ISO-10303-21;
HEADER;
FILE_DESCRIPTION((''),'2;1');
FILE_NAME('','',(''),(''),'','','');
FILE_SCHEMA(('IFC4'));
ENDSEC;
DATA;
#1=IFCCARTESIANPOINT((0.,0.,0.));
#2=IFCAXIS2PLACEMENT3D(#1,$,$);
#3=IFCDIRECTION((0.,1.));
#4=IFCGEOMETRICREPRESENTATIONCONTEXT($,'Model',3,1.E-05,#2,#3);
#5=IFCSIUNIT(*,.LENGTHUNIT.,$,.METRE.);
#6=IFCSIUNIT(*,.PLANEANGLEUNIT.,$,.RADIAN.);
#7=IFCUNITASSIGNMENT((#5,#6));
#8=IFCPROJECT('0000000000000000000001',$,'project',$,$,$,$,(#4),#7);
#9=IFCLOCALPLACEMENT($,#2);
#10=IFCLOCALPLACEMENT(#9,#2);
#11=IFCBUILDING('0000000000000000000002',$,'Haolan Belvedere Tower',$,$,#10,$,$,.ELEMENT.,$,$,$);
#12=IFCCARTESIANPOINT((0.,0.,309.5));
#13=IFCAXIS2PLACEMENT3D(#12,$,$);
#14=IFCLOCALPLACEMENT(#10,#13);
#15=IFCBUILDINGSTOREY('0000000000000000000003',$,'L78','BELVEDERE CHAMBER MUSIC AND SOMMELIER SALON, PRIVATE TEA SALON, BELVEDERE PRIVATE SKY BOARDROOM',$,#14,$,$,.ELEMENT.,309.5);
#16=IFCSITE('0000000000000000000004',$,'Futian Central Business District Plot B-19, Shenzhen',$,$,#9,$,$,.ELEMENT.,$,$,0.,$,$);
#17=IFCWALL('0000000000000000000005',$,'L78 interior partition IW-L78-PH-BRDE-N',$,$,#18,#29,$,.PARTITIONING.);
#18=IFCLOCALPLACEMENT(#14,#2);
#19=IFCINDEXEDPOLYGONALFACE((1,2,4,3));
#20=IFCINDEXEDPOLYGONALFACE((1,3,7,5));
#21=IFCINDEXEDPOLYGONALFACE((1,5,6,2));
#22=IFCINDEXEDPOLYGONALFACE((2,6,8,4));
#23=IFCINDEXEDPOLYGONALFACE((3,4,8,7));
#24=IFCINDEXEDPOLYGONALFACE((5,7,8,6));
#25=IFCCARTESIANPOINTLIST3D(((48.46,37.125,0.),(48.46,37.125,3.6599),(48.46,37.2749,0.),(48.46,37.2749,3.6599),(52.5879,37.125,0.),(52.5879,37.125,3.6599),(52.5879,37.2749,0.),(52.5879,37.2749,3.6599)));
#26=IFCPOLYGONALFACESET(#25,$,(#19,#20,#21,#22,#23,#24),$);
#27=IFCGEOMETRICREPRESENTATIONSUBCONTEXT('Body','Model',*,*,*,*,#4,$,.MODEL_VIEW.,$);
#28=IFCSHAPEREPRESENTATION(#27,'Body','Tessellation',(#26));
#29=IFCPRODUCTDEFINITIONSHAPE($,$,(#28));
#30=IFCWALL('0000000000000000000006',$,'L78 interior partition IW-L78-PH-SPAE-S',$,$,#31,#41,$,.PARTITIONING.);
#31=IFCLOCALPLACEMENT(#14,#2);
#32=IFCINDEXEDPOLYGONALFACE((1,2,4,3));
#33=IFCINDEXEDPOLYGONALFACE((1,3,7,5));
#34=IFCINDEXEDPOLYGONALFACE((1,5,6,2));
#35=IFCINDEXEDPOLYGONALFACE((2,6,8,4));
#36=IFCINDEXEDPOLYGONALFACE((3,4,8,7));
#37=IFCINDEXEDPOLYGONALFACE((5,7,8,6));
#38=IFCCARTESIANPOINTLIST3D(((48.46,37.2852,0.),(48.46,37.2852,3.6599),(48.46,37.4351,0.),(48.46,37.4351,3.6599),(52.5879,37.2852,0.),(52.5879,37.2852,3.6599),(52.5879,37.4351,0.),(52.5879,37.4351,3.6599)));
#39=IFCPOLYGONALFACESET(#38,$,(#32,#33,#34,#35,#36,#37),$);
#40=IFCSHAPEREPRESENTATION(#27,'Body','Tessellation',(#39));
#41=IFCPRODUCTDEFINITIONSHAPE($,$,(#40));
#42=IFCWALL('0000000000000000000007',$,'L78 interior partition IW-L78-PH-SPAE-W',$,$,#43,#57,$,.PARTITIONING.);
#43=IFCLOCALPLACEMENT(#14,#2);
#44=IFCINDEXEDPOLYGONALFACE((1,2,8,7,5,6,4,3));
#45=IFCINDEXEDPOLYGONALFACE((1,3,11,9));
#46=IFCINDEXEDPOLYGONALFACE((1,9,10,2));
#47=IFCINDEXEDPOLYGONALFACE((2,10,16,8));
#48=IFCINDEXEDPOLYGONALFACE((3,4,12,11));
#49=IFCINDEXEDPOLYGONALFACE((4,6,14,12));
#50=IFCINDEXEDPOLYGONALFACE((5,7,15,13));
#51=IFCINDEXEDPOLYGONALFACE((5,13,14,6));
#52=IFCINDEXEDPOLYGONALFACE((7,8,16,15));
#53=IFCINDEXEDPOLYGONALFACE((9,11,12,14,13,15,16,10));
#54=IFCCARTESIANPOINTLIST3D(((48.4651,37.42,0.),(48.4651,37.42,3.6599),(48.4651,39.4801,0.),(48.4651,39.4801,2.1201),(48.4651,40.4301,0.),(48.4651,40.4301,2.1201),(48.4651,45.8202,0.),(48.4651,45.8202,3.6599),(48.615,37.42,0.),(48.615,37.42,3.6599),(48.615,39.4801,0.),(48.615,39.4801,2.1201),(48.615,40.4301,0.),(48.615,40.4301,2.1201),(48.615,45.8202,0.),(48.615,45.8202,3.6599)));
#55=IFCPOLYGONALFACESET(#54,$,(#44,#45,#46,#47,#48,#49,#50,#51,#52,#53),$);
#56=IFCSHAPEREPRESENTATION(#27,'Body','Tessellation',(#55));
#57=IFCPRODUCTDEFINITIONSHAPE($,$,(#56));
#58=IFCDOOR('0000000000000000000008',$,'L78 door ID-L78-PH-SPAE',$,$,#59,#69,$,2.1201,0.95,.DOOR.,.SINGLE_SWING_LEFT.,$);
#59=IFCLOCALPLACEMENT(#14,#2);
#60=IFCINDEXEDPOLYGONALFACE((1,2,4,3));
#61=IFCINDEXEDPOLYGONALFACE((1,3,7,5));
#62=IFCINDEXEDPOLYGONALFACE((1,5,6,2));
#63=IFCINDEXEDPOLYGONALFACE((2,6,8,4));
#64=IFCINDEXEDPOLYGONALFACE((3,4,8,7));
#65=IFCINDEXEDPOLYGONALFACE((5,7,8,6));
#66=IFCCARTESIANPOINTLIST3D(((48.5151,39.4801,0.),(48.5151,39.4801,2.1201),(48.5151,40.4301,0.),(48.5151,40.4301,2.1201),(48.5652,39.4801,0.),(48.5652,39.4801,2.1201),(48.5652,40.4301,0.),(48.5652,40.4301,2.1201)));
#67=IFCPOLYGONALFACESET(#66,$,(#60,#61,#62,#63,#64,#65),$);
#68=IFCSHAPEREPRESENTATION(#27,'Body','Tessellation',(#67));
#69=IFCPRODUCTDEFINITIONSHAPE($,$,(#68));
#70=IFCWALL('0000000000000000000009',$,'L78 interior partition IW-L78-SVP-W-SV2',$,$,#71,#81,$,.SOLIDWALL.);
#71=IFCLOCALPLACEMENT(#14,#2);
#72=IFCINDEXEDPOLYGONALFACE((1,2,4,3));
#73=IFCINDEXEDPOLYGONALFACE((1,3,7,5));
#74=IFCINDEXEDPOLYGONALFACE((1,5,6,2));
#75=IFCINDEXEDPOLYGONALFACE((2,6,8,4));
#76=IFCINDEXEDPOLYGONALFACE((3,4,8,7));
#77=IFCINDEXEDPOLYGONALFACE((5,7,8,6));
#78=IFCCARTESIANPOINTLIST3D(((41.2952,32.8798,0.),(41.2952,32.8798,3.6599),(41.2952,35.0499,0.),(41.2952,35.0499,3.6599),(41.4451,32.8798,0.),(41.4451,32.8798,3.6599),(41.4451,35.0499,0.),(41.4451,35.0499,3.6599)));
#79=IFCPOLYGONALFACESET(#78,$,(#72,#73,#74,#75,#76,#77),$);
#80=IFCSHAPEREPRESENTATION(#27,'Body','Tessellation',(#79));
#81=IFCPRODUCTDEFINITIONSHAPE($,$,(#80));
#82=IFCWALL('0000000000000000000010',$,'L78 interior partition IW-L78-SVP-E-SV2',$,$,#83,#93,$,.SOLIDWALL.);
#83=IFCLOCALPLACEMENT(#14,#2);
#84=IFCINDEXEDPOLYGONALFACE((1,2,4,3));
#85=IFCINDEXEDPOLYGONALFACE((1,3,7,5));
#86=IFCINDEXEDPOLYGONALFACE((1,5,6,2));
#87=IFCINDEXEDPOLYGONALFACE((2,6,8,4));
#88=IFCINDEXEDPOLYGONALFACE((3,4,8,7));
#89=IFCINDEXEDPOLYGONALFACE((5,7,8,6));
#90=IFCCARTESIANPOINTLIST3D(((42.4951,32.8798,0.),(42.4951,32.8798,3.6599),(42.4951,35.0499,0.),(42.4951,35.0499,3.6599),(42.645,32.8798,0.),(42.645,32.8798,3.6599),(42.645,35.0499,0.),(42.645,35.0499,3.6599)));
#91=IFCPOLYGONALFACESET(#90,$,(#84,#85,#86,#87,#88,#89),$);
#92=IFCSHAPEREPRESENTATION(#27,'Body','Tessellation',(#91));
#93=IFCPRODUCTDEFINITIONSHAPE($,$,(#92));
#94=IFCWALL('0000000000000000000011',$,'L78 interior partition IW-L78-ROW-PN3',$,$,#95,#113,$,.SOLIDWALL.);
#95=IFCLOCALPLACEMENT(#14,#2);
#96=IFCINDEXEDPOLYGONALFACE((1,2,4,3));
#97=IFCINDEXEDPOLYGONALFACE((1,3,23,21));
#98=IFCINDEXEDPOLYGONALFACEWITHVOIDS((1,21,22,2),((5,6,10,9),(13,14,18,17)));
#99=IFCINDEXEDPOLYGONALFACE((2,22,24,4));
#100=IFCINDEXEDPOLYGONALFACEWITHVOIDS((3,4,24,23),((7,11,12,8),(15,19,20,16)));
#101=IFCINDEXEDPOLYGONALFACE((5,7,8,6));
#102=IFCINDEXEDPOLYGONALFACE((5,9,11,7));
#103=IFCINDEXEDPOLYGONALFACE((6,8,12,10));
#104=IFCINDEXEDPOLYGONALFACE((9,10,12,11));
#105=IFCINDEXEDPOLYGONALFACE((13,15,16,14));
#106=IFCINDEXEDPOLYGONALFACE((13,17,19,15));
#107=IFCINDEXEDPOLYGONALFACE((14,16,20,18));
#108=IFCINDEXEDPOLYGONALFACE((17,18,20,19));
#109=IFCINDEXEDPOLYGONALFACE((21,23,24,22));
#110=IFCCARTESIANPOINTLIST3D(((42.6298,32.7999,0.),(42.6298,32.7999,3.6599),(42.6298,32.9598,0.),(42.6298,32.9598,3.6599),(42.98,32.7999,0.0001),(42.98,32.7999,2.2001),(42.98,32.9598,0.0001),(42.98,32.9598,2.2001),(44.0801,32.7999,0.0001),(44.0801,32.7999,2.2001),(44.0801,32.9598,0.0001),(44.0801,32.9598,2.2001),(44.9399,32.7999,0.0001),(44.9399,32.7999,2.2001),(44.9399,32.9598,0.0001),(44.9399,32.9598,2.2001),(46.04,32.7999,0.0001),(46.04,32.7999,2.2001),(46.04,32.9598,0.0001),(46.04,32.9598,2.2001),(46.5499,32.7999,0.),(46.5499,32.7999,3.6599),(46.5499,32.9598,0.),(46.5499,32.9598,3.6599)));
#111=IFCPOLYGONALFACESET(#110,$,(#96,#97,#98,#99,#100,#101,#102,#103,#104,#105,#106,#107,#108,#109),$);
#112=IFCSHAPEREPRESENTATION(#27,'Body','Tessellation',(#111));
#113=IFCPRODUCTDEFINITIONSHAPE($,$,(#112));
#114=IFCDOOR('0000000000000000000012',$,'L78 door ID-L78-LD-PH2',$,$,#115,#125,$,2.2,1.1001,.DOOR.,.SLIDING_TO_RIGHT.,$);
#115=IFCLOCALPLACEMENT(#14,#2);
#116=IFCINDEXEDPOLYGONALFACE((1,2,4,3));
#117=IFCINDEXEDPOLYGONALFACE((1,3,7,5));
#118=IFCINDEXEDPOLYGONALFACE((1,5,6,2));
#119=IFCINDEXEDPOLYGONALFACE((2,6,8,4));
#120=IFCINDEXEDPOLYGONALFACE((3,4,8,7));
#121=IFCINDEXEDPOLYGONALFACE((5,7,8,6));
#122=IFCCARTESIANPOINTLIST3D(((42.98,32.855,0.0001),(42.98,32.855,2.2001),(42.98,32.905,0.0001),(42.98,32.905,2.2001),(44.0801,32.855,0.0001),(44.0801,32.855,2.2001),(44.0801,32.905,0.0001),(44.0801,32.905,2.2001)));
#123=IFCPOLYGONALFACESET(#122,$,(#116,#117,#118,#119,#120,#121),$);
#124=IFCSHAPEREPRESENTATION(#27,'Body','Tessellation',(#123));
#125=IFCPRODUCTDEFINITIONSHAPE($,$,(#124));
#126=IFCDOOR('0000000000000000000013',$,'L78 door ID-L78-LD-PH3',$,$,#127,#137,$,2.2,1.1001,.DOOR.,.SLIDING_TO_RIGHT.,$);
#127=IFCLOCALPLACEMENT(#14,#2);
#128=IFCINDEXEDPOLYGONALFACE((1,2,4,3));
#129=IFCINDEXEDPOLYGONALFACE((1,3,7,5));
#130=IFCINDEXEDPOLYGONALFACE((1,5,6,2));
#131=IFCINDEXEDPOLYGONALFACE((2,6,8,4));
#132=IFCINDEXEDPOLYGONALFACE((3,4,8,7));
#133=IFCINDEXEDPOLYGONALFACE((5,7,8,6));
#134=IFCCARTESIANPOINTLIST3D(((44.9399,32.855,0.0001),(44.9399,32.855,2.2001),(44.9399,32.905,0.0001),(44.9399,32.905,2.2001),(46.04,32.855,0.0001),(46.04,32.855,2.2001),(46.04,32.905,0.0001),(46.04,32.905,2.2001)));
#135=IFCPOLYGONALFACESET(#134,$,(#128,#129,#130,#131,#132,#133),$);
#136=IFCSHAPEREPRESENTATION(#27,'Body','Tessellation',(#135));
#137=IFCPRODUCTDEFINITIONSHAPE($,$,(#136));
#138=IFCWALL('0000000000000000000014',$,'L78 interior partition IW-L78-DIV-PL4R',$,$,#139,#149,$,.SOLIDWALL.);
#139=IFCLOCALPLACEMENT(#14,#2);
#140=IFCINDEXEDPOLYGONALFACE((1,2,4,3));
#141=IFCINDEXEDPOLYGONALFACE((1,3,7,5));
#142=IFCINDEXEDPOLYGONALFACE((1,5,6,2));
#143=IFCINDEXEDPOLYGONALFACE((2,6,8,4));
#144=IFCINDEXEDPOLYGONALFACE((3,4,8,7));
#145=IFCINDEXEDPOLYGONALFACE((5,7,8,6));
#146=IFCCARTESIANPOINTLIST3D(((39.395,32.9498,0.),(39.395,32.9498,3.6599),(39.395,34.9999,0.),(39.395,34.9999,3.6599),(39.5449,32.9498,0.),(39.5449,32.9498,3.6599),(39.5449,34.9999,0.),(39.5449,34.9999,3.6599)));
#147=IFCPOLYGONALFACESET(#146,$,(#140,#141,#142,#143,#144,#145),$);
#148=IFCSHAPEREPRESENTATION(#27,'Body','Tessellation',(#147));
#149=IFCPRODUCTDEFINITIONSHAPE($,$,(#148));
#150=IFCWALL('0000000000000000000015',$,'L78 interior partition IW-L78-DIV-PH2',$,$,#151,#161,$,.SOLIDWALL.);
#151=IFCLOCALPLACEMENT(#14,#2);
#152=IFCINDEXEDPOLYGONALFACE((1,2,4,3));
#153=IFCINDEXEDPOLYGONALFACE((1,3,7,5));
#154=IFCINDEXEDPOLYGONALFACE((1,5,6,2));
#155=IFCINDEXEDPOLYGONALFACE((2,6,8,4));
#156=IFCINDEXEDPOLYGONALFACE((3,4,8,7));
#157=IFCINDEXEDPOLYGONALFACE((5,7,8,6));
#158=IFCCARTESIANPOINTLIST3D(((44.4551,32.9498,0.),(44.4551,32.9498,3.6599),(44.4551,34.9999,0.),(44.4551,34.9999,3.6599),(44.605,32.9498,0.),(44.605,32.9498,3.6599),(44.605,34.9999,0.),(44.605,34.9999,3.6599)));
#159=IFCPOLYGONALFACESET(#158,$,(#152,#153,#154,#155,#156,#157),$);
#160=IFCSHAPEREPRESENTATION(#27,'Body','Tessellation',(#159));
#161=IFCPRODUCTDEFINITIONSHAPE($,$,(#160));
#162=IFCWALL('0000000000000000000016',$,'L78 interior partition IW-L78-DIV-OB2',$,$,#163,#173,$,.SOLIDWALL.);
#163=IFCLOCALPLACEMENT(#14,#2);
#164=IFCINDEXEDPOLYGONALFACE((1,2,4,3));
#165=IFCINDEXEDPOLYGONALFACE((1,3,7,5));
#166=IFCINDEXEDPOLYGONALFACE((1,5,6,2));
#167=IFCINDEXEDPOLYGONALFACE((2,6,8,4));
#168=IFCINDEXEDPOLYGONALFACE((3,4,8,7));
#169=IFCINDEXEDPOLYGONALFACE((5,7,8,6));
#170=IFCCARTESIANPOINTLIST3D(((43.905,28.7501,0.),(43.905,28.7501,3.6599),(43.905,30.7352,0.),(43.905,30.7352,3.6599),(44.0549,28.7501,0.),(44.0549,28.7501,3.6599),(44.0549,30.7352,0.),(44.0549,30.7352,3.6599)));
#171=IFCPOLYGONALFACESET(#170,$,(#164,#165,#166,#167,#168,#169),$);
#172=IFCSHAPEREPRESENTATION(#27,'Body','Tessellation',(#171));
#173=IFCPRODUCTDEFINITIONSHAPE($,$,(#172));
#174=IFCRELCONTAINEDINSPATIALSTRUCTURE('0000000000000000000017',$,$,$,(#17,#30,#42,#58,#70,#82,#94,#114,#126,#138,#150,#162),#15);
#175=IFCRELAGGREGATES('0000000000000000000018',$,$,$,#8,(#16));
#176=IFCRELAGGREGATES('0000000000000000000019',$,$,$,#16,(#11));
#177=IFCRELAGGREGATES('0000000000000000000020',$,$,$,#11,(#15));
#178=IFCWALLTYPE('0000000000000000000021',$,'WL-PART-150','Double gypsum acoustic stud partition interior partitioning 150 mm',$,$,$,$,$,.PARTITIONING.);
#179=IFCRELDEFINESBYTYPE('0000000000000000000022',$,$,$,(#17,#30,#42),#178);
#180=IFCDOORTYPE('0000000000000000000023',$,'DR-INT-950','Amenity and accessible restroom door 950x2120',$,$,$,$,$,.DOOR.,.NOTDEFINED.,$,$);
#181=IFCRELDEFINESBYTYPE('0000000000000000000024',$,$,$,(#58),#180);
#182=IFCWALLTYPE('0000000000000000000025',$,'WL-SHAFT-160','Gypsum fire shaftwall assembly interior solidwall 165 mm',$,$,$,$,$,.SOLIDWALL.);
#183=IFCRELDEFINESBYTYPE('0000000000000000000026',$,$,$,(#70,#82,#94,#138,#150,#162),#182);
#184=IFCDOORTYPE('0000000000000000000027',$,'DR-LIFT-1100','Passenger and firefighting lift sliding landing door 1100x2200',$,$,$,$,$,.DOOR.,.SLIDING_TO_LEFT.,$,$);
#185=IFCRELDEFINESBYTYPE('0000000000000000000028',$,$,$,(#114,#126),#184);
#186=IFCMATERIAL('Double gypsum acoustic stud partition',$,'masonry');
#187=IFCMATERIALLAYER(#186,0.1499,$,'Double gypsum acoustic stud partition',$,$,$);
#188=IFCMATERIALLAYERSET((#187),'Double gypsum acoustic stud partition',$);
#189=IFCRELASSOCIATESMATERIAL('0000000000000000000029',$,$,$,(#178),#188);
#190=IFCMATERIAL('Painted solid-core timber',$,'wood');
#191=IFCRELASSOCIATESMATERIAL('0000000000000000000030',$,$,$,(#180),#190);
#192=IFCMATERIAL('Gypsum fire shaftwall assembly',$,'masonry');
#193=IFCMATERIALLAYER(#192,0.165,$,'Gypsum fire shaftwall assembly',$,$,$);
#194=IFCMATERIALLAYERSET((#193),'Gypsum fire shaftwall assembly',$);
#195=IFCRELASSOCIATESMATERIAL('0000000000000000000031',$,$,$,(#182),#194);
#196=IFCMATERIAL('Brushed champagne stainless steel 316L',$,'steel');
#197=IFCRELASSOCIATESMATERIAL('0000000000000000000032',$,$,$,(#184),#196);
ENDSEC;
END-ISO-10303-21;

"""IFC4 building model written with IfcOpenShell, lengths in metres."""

from ifc_helpers import new_model, si_unit, direction, frame, frame_2d, origin, place, context, subcontext, project, spatial, rectangle, extrude, material, layer, layer_set, type_object, element, fill, save


model = new_model("IFC4")

# Units and contexts
model_context = context("Model", 3, precision=1e-05, world=origin(), true_north=direction((0.0, 1.0)))
body_context = subcontext(model_context, "Body", "Model", "MODEL_VIEW")
ifc_project = project(units=[si_unit("LENGTHUNIT", "METRE"), si_unit("PLANEANGLEUNIT", "RADIAN")], contexts=[model_context])

# Site, building, storey
site_placement = place(None, origin())
site = spatial("IfcSite", under=ifc_project, at=site_placement, Name="Futian Central Business District Plot B-19, Shenzhen", CompositionType="ELEMENT", RefElevation=0.0)
building_placement = place(site_placement, origin())
building = spatial("IfcBuilding", under=site, at=building_placement, Name="Haolan Belvedere Tower", CompositionType="ELEMENT")
storey_placement = place(building_placement, frame((0.0, 0.0, 309.5)))
storey = spatial("IfcBuildingStorey", under=building, at=storey_placement, Name="L78", Description="BELVEDERE CHAMBER MUSIC AND SOMMELIER SALON, PRIVATE TEA SALON, BELVEDERE PRIVATE SKY BOARDROOM", CompositionType="ELEMENT", Elevation=309.5)

# Walls
ifc_material_1 = material(Name="Double gypsum acoustic stud partition", Category="masonry")
ifc_layer_1 = layer(ifc_material_1, 0.1499, Name="Double gypsum acoustic stud partition")
ifc_layer_set_1 = layer_set([ifc_layer_1], Name="Double gypsum acoustic stud partition")
wall_type_1 = type_object("IfcWallType", Name="WL-PART-150", Description="Double gypsum acoustic stud partition interior partitioning 150 mm", PredefinedType="PARTITIONING", material=ifc_layer_set_1)
for number, where, z_axis, x_axis, name in (
    (1, (48.46, 37.2, 0.0), (0.0, 0.0, 1.0), (1.0, 0.0, 0.0), "L78 interior partition IW-L78-PH-BRDE-N"),
    (2, (48.46, 37.3601, 0.0), (0.0, 0.0, 1.0), (1.0, 0.0, 0.0), "L78 interior partition IW-L78-PH-SPAE-S"),
):
    element("IfcWall", number, at=place(storey_placement, frame(where, z_axis=z_axis, x_axis=x_axis)), inside=storey, type_object=wall_type_1, Name=name, PredefinedType="PARTITIONING", context=body_context, shape_type="SweptSolid", body=[
        extrude(rectangle(XDim=4.1279, YDim=0.1499, at=frame_2d((2.064, 0.0))), origin(), (0.0, 0.0, 1.0), 3.6599),
    ])

# Wall, opening, door
wall_1_placement = place(storey_placement, frame((48.54, 37.4199, 0.0), z_axis=(0.0, 0.0, 1.0), x_axis=(0.0, 1.0, 0.0)))
wall_1 = element("IfcWall", 3, at=wall_1_placement, inside=storey, type_object=wall_type_1, Name="L78 interior partition IW-L78-PH-SPAE-W", PredefinedType="PARTITIONING", context=body_context, shape_type="SweptSolid", body=[
    extrude(rectangle(XDim=8.4001, YDim=0.1499, at=frame_2d((4.2002, 0.0))), origin(), (0.0, 0.0, 1.0), 3.6599),
])
opening_1_placement = place(wall_1_placement, frame((2.0601, 0.0, 0.0)))
opening_1 = element("IfcOpeningElement", 4, at=opening_1_placement, cuts=wall_1, PredefinedType="OPENING", context=body_context, shape_type="SweptSolid", body=[
    extrude(rectangle(XDim=0.95, YDim=2.1201, at=frame_2d((0.4751, 1.0601))), frame((0.0, 0.085, 0.0), z_axis=(0.0, -1.0, 0.0), x_axis=(1.0, 0.0, 0.0)), (0.0, 0.0, 1.0), 0.1699),
])
ifc_material_2 = material(Name="Painted solid-core timber", Category="wood")
door_type_1 = type_object("IfcDoorType", Name="DR-INT-950", Description="Amenity and accessible restroom door 950x2120", OperationType="NOTDEFINED", PredefinedType="DOOR", material=ifc_material_2)
door_1_placement = place(opening_1_placement, origin())
door_1 = element("IfcDoor", 5, at=door_1_placement, inside=storey, type_object=door_type_1, Name="L78 door ID-L78-PH-SPAE", OperationType="SINGLE_SWING_LEFT", OverallHeight=2.1201, OverallWidth=0.95, PredefinedType="DOOR", context=body_context, shape_type="SweptSolid", body=[
    extrude(rectangle(XDim=0.95, YDim=2.1201, at=frame_2d((0.4751, 1.0601))), frame((0.0, 0.0249, 0.0), z_axis=(0.0, -1.0, 0.0), x_axis=(1.0, 0.0, 0.0)), (0.0, 0.0, 1.0), 0.05),
])
fill(opening_1, door_1)

# Walls
ifc_material_3 = material(Name="Gypsum fire shaftwall assembly", Category="masonry")
ifc_layer_2 = layer(ifc_material_3, 0.165, Name="Gypsum fire shaftwall assembly")
ifc_layer_set_2 = layer_set([ifc_layer_2], Name="Gypsum fire shaftwall assembly")
wall_type_2 = type_object("IfcWallType", Name="WL-SHAFT-160", Description="Gypsum fire shaftwall assembly interior solidwall 165 mm", PredefinedType="SOLIDWALL", material=ifc_layer_set_2)
for number, where, z_axis, x_axis, name in (
    (6, (41.3701, 32.8799, 0.0), (0.0, 0.0, 1.0), (0.0, 1.0, 0.0), "L78 interior partition IW-L78-SVP-W-SV2"),
    (7, (42.5701, 32.8799, 0.0), (0.0, 0.0, 1.0), (0.0, 1.0, 0.0), "L78 interior partition IW-L78-SVP-E-SV2"),
):
    element("IfcWall", number, at=place(storey_placement, frame(where, z_axis=z_axis, x_axis=x_axis)), inside=storey, type_object=wall_type_2, Name=name, PredefinedType="SOLIDWALL", context=body_context, shape_type="SweptSolid", body=[
        extrude(rectangle(XDim=2.1702, YDim=0.1499, at=frame_2d((1.085, 0.0))), origin(), (0.0, 0.0, 1.0), 3.6599),
    ])

# Wall, openings, doors
wall_2_placement = place(storey_placement, frame((42.6299, 32.8799, 0.0), z_axis=(0.0, 0.0, 1.0), x_axis=(1.0, 0.0, 0.0)))
wall_2 = element("IfcWall", 8, at=wall_2_placement, inside=storey, type_object=wall_type_2, Name="L78 interior partition IW-L78-ROW-PN3", PredefinedType="SOLIDWALL", context=body_context, shape_type="SweptSolid", body=[
    extrude(rectangle(XDim=3.9202, YDim=0.1599, at=frame_2d((1.96, 0.0))), origin(), (0.0, 0.0, 1.0), 3.6599),
])
opening_2_placement = place(wall_2_placement, frame((1.4502, 0.0, 0.0), z_axis=(0.0, 0.0, 1.0), x_axis=(-1.0, 0.0, 0.0)))
opening_2 = element("IfcOpeningElement", 9, at=opening_2_placement, cuts=wall_2, PredefinedType="OPENING", context=body_context, shape_type="SweptSolid", body=[
    extrude(rectangle(XDim=1.1001, YDim=2.2, at=frame_2d((0.55, 1.1001))), frame((0.0, 0.0898, 0.0), z_axis=(0.0, -1.0, 0.0), x_axis=(1.0, 0.0, 0.0)), (0.0, 0.0, 1.0), 0.1799),
])
opening_3_placement = place(wall_2_placement, frame((3.4102, 0.0, 0.0), z_axis=(0.0, 0.0, 1.0), x_axis=(-1.0, 0.0, 0.0)))
opening_3 = element("IfcOpeningElement", 10, at=opening_3_placement, cuts=wall_2, PredefinedType="OPENING", context=body_context, shape_type="SweptSolid", body=[
    extrude(rectangle(XDim=1.1001, YDim=2.2, at=frame_2d((0.55, 1.1001))), frame((0.0, 0.0898, 0.0), z_axis=(0.0, -1.0, 0.0), x_axis=(1.0, 0.0, 0.0)), (0.0, 0.0, 1.0), 0.1799),
])
ifc_material_4 = material(Name="Brushed champagne stainless steel 316L", Category="steel")
door_type_2 = type_object("IfcDoorType", Name="DR-LIFT-1100", Description="Passenger and firefighting lift sliding landing door 1100x2200", OperationType="SLIDING_TO_LEFT", PredefinedType="DOOR", material=ifc_material_4)
door_2_placement = place(opening_2_placement, origin())
door_2 = element("IfcDoor", 11, at=door_2_placement, inside=storey, type_object=door_type_2, Name="L78 door ID-L78-LD-PH2", OperationType="SLIDING_TO_RIGHT", OverallHeight=2.2, OverallWidth=1.1001, PredefinedType="DOOR", context=body_context, shape_type="SweptSolid", body=[
    extrude(rectangle(XDim=1.1001, YDim=2.2, at=frame_2d((0.55, 1.1001))), frame((0.0, 0.0249, 0.0), z_axis=(0.0, -1.0, 0.0), x_axis=(1.0, 0.0, 0.0)), (0.0, 0.0, 1.0), 0.05),
])
fill(opening_2, door_2)
door_3_placement = place(opening_3_placement, origin())
door_3 = element("IfcDoor", 12, at=door_3_placement, inside=storey, type_object=door_type_2, Name="L78 door ID-L78-LD-PH3", OperationType="SLIDING_TO_RIGHT", OverallHeight=2.2, OverallWidth=1.1001, PredefinedType="DOOR", context=body_context, shape_type="SweptSolid", body=[
    extrude(rectangle(XDim=1.1001, YDim=2.2, at=frame_2d((0.55, 1.1001))), frame((0.0, 0.0249, 0.0), z_axis=(0.0, -1.0, 0.0), x_axis=(1.0, 0.0, 0.0)), (0.0, 0.0, 1.0), 0.05),
])
fill(opening_3, door_3)

# Walls
for number, where, z_axis, x_axis, name in (
    (13, (39.47, 32.95, 0.0), (0.0, 0.0, 1.0), (0.0, 1.0, 0.0), "L78 interior partition IW-L78-DIV-PL4R"),
    (14, (44.53, 32.95, 0.0), (0.0, 0.0, 1.0), (0.0, 1.0, 0.0), "L78 interior partition IW-L78-DIV-PH2"),
):
    element("IfcWall", number, at=place(storey_placement, frame(where, z_axis=z_axis, x_axis=x_axis)), inside=storey, type_object=wall_type_2, Name=name, PredefinedType="SOLIDWALL", context=body_context, shape_type="SweptSolid", body=[
        extrude(rectangle(XDim=2.05, YDim=0.1499, at=frame_2d((1.0249, 0.0))), origin(), (0.0, 0.0, 1.0), 3.6599),
    ])
wall_3_placement = place(storey_placement, frame((43.98, 28.75, 0.0), z_axis=(0.0, 0.0, 1.0), x_axis=(0.0, 1.0, 0.0)))
element("IfcWall", 15, at=wall_3_placement, inside=storey, type_object=wall_type_2, Name="L78 interior partition IW-L78-DIV-OB2", PredefinedType="SOLIDWALL", context=body_context, shape_type="SweptSolid", body=[
    extrude(rectangle(XDim=1.9851, YDim=0.1499, at=frame_2d((0.9927, 0.0))), origin(), (0.0, 0.0, 1.0), 3.6599),
])

save(model, "model.ifc")
